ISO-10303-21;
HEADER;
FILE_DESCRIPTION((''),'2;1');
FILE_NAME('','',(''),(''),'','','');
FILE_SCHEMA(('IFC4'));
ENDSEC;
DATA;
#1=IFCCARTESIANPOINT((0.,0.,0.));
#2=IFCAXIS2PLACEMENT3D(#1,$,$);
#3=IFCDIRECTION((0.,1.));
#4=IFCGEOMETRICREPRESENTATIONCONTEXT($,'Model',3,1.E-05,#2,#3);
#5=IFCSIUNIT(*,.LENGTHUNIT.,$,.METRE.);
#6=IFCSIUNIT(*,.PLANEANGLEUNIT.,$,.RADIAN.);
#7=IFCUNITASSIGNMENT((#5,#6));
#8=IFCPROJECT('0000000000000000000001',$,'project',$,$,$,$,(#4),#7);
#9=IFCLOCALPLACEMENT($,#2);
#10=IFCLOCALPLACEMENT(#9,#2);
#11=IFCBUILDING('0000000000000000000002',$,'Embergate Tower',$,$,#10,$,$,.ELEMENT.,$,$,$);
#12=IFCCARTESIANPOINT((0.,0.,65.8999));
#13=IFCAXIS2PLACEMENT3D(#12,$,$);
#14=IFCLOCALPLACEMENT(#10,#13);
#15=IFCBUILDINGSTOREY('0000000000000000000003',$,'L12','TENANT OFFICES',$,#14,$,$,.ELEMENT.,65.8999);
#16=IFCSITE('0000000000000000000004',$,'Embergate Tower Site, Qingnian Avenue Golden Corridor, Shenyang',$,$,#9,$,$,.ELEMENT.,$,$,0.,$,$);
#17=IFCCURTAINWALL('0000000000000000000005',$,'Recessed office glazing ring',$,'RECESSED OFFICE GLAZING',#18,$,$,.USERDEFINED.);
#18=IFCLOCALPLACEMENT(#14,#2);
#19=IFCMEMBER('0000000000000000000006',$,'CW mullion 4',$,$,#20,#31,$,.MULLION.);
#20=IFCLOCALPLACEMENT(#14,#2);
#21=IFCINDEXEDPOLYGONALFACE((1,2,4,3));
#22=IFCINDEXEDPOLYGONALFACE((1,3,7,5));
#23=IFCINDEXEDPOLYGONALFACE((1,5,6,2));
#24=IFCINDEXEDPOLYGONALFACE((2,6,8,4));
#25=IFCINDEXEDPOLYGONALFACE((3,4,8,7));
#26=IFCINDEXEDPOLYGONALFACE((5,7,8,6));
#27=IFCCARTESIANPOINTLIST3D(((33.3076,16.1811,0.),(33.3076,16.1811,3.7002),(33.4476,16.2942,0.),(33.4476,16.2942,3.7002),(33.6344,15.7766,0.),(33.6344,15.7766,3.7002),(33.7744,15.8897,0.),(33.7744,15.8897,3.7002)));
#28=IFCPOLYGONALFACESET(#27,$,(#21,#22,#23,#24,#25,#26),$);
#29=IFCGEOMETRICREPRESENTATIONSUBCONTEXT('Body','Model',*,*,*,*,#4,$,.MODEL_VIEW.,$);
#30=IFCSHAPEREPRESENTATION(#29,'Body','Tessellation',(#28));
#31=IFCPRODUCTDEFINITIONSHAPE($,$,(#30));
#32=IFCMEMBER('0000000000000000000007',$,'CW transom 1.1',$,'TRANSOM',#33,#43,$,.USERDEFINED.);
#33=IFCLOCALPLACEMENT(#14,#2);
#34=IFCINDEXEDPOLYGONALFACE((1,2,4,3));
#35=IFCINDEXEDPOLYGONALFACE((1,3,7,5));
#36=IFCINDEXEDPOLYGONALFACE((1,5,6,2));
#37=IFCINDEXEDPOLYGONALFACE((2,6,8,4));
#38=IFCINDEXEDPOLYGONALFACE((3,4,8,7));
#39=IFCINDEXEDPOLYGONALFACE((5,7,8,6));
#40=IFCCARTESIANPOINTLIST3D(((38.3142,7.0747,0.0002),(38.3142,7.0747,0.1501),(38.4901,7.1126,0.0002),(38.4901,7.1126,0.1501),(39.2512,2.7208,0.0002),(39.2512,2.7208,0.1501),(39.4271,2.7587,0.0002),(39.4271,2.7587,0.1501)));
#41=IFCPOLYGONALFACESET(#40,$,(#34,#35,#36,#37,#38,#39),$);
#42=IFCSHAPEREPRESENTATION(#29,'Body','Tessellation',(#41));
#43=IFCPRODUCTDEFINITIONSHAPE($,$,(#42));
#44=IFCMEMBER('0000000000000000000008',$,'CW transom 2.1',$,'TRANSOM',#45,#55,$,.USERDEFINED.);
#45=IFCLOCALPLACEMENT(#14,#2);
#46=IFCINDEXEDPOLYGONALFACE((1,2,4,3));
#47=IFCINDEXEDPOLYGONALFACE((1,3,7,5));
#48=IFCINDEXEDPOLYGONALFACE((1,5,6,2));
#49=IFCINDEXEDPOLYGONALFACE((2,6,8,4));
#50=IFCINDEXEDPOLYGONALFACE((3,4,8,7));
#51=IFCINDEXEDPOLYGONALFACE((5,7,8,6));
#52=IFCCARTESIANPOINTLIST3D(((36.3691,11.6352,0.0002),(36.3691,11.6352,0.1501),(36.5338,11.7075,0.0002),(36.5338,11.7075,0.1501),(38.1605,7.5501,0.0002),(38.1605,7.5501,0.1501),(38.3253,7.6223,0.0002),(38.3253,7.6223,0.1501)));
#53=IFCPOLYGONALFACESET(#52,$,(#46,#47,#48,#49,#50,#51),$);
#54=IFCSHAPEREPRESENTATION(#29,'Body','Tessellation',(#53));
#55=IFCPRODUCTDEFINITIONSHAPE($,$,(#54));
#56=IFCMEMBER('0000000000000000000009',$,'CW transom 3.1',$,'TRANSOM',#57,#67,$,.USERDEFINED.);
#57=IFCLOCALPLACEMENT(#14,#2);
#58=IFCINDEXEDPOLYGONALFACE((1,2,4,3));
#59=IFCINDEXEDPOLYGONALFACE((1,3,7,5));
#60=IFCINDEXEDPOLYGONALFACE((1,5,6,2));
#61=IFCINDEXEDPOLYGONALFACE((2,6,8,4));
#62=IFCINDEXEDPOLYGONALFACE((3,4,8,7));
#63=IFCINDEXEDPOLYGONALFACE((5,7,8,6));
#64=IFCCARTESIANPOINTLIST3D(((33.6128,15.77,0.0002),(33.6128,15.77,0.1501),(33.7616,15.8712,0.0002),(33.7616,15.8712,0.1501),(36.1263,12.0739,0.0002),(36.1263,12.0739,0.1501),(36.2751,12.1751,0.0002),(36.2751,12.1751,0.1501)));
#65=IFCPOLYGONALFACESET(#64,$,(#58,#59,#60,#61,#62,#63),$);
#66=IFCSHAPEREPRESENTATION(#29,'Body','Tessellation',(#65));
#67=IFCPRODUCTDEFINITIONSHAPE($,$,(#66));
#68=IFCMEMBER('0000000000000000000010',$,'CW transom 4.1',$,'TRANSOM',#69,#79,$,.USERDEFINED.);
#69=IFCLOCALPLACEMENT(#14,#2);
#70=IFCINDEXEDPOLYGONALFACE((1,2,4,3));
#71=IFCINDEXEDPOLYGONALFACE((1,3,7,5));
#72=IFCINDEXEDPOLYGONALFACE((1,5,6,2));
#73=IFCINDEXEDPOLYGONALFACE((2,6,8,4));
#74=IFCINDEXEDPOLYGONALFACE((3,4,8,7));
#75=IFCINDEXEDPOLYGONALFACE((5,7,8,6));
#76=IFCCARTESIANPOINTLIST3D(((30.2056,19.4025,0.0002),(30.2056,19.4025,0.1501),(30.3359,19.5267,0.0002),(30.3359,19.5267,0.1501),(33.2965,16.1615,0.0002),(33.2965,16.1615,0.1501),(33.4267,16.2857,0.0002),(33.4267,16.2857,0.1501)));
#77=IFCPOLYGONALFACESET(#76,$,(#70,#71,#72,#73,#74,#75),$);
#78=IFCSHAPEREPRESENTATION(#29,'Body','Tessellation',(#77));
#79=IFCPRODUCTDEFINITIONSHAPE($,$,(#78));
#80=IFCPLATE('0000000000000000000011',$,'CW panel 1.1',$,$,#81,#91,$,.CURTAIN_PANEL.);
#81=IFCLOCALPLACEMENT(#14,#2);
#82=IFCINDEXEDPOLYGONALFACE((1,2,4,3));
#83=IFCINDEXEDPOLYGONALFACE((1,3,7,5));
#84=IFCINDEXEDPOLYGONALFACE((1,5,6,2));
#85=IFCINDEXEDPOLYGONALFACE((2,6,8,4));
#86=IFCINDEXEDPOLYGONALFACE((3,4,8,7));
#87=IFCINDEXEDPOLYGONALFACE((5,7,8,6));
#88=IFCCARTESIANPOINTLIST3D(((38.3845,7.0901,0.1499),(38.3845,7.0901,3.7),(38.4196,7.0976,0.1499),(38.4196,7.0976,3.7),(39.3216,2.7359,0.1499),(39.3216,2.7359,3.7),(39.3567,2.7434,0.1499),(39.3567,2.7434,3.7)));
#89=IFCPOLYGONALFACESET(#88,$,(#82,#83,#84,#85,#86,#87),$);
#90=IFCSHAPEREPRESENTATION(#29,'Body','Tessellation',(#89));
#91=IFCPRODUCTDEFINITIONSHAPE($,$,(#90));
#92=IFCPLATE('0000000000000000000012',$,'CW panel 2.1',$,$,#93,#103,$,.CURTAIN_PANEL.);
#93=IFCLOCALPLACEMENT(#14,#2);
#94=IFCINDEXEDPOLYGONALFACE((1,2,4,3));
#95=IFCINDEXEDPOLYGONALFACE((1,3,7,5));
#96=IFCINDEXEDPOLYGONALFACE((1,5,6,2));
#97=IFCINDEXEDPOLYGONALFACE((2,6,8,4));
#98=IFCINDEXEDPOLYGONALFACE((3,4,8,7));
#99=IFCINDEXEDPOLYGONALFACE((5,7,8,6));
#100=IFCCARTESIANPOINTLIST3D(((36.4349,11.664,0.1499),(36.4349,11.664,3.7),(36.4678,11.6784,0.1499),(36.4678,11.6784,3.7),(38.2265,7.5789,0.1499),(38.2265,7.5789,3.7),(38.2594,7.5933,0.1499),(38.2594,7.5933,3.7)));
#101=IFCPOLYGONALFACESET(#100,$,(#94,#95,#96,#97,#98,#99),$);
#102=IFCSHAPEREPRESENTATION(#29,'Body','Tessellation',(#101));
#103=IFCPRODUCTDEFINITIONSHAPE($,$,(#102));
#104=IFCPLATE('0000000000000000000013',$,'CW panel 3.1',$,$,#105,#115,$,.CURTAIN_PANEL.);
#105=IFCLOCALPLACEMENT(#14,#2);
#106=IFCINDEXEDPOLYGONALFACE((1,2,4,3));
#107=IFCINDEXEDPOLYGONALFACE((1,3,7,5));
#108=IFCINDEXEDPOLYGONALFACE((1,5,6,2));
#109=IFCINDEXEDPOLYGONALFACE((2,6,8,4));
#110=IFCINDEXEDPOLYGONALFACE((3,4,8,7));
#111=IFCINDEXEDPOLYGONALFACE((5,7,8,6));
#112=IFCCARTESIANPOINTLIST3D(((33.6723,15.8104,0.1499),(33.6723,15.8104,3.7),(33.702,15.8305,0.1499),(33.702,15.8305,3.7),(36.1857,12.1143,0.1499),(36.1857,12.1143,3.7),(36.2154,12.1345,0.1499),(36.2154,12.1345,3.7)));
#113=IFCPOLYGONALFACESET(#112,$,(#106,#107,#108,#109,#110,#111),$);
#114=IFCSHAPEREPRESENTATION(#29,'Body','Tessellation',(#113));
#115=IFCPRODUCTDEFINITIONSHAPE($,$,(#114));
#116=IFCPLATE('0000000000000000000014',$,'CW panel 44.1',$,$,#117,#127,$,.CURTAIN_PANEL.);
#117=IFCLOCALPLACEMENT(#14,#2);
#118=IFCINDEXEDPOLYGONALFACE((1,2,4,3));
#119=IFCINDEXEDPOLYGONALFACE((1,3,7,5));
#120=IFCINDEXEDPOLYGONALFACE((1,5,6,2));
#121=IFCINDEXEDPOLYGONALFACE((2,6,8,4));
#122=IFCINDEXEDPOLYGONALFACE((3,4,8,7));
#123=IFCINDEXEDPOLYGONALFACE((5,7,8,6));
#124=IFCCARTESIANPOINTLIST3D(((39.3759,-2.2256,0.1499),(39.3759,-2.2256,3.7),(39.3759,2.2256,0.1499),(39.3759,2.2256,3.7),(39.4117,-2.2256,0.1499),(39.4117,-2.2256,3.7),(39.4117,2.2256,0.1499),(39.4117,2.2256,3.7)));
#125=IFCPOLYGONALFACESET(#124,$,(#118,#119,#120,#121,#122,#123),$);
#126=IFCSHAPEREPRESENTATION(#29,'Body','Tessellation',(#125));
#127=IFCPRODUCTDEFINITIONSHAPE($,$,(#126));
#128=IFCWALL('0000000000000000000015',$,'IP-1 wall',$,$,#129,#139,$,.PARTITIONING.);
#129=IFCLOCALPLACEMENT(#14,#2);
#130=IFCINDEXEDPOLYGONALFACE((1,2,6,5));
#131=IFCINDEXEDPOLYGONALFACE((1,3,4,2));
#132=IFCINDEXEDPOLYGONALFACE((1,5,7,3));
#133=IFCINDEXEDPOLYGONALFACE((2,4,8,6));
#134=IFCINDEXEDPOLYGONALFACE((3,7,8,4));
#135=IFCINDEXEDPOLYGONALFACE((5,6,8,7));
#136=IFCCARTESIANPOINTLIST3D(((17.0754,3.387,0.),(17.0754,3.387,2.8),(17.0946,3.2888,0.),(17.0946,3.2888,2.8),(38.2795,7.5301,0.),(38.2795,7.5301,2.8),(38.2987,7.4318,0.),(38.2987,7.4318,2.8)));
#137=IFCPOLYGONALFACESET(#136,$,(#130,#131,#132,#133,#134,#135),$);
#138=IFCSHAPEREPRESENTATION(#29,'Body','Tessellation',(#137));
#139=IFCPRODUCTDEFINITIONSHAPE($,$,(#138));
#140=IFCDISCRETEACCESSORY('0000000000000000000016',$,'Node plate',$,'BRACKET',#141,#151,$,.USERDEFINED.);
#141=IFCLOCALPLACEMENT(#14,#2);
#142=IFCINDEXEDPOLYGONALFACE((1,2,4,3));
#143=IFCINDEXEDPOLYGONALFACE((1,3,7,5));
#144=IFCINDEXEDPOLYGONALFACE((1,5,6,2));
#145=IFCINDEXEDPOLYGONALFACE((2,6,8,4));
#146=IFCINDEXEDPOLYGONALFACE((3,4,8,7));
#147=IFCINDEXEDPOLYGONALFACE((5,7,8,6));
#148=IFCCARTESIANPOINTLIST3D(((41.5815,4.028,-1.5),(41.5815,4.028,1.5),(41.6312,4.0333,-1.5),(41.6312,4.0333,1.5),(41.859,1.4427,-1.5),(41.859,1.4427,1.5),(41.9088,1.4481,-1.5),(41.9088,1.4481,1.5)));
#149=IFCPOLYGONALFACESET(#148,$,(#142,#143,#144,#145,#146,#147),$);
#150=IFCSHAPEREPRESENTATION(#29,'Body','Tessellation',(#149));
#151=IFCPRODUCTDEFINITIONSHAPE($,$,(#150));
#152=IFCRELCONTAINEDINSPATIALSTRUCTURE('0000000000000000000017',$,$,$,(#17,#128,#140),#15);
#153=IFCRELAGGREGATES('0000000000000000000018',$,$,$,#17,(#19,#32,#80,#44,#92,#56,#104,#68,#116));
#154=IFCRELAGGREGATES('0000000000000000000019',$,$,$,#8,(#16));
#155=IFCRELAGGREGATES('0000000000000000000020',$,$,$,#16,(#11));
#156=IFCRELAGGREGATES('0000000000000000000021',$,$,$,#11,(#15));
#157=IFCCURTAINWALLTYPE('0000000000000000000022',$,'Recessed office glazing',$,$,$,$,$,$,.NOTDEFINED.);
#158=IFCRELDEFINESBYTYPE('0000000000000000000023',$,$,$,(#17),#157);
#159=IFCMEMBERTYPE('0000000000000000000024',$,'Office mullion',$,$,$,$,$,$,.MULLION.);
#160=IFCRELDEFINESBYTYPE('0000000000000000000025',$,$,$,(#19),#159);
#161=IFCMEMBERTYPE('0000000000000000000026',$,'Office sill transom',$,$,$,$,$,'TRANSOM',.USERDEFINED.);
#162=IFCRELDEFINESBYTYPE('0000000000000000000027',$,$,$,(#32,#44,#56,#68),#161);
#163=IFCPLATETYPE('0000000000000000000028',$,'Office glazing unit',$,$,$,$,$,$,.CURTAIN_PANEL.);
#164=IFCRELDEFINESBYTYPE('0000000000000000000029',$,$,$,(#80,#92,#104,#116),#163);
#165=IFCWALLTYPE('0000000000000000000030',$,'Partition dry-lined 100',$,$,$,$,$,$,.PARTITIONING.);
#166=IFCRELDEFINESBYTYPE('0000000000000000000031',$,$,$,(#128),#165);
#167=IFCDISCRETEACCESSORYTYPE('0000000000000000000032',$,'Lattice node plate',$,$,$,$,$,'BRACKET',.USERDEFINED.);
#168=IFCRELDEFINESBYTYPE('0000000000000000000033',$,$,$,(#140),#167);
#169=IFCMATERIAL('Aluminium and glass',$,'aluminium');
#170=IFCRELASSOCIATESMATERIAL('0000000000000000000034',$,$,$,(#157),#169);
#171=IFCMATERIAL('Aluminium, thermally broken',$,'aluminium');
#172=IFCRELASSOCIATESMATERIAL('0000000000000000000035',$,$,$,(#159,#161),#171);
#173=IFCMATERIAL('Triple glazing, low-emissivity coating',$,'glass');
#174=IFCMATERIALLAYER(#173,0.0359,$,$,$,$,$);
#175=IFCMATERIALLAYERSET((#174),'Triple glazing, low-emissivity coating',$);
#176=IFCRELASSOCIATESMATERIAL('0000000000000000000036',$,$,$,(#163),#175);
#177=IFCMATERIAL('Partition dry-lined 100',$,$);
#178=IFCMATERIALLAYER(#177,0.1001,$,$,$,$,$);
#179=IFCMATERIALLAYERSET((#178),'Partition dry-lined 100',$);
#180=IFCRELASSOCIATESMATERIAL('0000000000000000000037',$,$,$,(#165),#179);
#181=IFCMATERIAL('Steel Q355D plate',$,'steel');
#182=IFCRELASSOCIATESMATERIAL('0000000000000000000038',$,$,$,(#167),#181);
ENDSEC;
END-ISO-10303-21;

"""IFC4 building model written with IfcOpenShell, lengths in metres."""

from ifc_helpers import new_model, si_unit, direction, frame, frame_2d, origin, origin_2d, place, context, subcontext, project, spatial, rectangle, extrude, source, transform, mapped, material, layer, layer_set, material_profile, profile_set, type_object, element, aggregate, save


model = new_model("IFC4")

# Units and contexts
model_context = context("Model", 3, precision=1e-05, world=origin(), true_north=direction((0.0, 1.0)))
body_context = subcontext(model_context, "Body", "Model", "MODEL_VIEW")
ifc_project = project(units=[si_unit("LENGTHUNIT", "METRE"), si_unit("PLANEANGLEUNIT", "RADIAN")], contexts=[model_context])

# Site, building, storey
site_placement = place(None, origin())
site = spatial("IfcSite", under=ifc_project, at=site_placement, Name="Embergate Tower Site, Qingnian Avenue Golden Corridor, Shenyang", CompositionType="ELEMENT", RefElevation=0.0)
building_placement = place(site_placement, origin())
building = spatial("IfcBuilding", under=site, at=building_placement, Name="Embergate Tower", CompositionType="ELEMENT")
storey_placement = place(building_placement, frame((0.0, 0.0, 65.8999)))
storey = spatial("IfcBuildingStorey", under=building, at=storey_placement, Name="L12", Description="TENANT OFFICES", CompositionType="ELEMENT", Elevation=65.8999)

# Curtain wall, members, plates
ifc_material_1 = material(Name="Aluminium and glass", Category="aluminium")
curtain_wall_type = type_object("IfcCurtainWallType", Name="Recessed office glazing", PredefinedType="NOTDEFINED", material=ifc_material_1)
curtain_wall_placement = place(storey_placement, origin())
curtain_wall = element("IfcCurtainWall", 1, at=curtain_wall_placement, inside=storey, type_object=curtain_wall_type, Name="Recessed office glazing ring", ObjectType="RECESSED OFFICE GLAZING", PredefinedType="USERDEFINED")
ifc_material_2 = material(Name="Aluminium, thermally broken", Category="aluminium")
ifc_material_profile_1 = material_profile(ifc_material_2, rectangle(XDim=0.1799, YDim=0.52, at=origin_2d()), Name="AL 520x180")
ifc_profile_set_1 = profile_set([ifc_material_profile_1], Name="Aluminium, thermally broken")
member_type_1 = type_object("IfcMemberType", Name="Office mullion", PredefinedType="MULLION", material=ifc_profile_set_1)
shared_shape_1 = source(origin(), body_context, "Body", "SweptSolid", [
    extrude(rectangle(XDim=0.1799, YDim=0.52, at=origin_2d()), origin(), (0.0, 0.0, 1.0), 3.7002),
])
member_1_placement = place(storey_placement, frame((33.541, 16.0354, 0.0), z_axis=(0.0, 0.0, 1.0), x_axis=(-0.777884, -0.628408, 0.0)))
member_1 = element("IfcMember", 2, at=member_1_placement, type_object=member_type_1, Name="CW mullion 4", PredefinedType="MULLION", context=body_context, shape_type="MappedRepresentation", body=[
    mapped(shared_shape_1, transform((0.0, 0.0, 0.0))),
])
ifc_material_profile_2 = material_profile(ifc_material_2, rectangle(XDim=0.1799, YDim=0.1499, at=origin_2d()), Name="AL 150x180")
ifc_profile_set_2 = profile_set([ifc_material_profile_2], Name="Aluminium, thermally broken")
member_type_2 = type_object("IfcMemberType", Name="Office sill transom", ElementType="TRANSOM", PredefinedType="USERDEFINED", material=ifc_profile_set_2)
shared_shape_2 = source(origin(), body_context, "Body", "SweptSolid", [
    extrude(rectangle(XDim=0.1799, YDim=0.1499, at=origin_2d()), origin(), (0.0, 0.0, 1.0), 4.4536),
])
member_2_placement = place(storey_placement, frame((39.3391, 2.7397, 0.0752), z_axis=(-0.21039, 0.977618, 0.0), x_axis=(-0.977618, -0.21039, 0.0)))
member_2 = element("IfcMember", 3, at=member_2_placement, type_object=member_type_2, Name="CW transom 1.1", ObjectType="TRANSOM", PredefinedType="USERDEFINED", context=body_context, shape_type="MappedRepresentation", body=[
    mapped(shared_shape_2, transform((0.0, 0.0, 0.0))),
])
shared_shape_3 = source(origin(), body_context, "Body", "SweptSolid", [
    extrude(rectangle(XDim=0.1799, YDim=0.1499, at=origin_2d()), origin(), (0.0, 0.0, 1.0), 4.4607),
])
member_3_placement = place(storey_placement, frame((38.2429, 7.5862, 0.0752), z_axis=(-0.401614, 0.915809, 0.0), x_axis=(-0.915809, -0.401614, 0.0)))
member_3 = element("IfcMember", 4, at=member_3_placement, type_object=member_type_2, Name="CW transom 2.1", ObjectType="TRANSOM", PredefinedType="USERDEFINED", context=body_context, shape_type="MappedRepresentation", body=[
    mapped(shared_shape_3, transform((0.0, 0.0, 0.0))),
])
shared_shape_4 = source(origin(), body_context, "Body", "SweptSolid", [
    extrude(rectangle(XDim=0.1799, YDim=0.1499, at=origin_2d()), origin(), (0.0, 0.0, 1.0), 4.4697),
])
member_4_placement = place(storey_placement, frame((36.2007, 12.1245, 0.0752), z_axis=(-0.562328, 0.826914, 0.0), x_axis=(-0.826914, -0.562328, 0.0)))
member_4 = element("IfcMember", 5, at=member_4_placement, type_object=member_type_2, Name="CW transom 3.1", ObjectType="TRANSOM", PredefinedType="USERDEFINED", context=body_context, shape_type="MappedRepresentation", body=[
    mapped(shared_shape_4, transform((0.0, 0.0, 0.0))),
])
shared_shape_5 = source(origin(), body_context, "Body", "SweptSolid", [
    extrude(rectangle(XDim=0.1799, YDim=0.1499, at=origin_2d()), origin(), (0.0, 0.0, 1.0), 4.4785),
])
member_5_placement = place(storey_placement, frame((33.3616, 16.2236, 0.0752), z_axis=(-0.690145, 0.723671, 0.0), x_axis=(-0.723671, -0.690145, 0.0)))
member_5 = element("IfcMember", 6, at=member_5_placement, type_object=member_type_2, Name="CW transom 4.1", ObjectType="TRANSOM", PredefinedType="USERDEFINED", context=body_context, shape_type="MappedRepresentation", body=[
    mapped(shared_shape_5, transform((0.0, 0.0, 0.0))),
])
ifc_material_3 = material(Name="Triple glazing, low-emissivity coating", Category="glass")
ifc_layer_1 = layer(ifc_material_3, 0.0359)
ifc_layer_set_1 = layer_set([ifc_layer_1], Name="Triple glazing, low-emissivity coating")
plate_type = type_object("IfcPlateType", Name="Office glazing unit", PredefinedType="CURTAIN_PANEL", material=ifc_layer_set_1)
shared_shape_6 = source(origin(), body_context, "Body", "SweptSolid", [
    extrude(rectangle(XDim=4.4539, YDim=0.0359, at=origin_2d()), origin(), (0.0, 0.0, 1.0), 3.55),
])
plate_1_placement = place(storey_placement, frame((38.8706, 4.9167, 0.1499), z_axis=(0.0, 0.0, 1.0), x_axis=(-0.210392, 0.977617, 0.0)))
plate_1 = element("IfcPlate", 7, at=plate_1_placement, type_object=plate_type, Name="CW panel 1.1", PredefinedType="CURTAIN_PANEL", context=body_context, shape_type="MappedRepresentation", body=[
    mapped(shared_shape_6, transform((0.0, 0.0, 0.0))),
])
shared_shape_7 = source(origin(), body_context, "Body", "SweptSolid", [
    extrude(rectangle(XDim=4.4607, YDim=0.0359, at=origin_2d()), origin(), (0.0, 0.0, 1.0), 3.55),
])
plate_2_placement = place(storey_placement, frame((37.3472, 9.6287, 0.1499), z_axis=(0.0, 0.0, 1.0), x_axis=(-0.401644, 0.915796, 0.0)))
plate_2 = element("IfcPlate", 8, at=plate_2_placement, type_object=plate_type, Name="CW panel 2.1", PredefinedType="CURTAIN_PANEL", context=body_context, shape_type="MappedRepresentation", body=[
    mapped(shared_shape_7, transform((0.0, 0.0, 0.0))),
])
shared_shape_8 = source(origin(), body_context, "Body", "SweptSolid", [
    extrude(rectangle(XDim=4.4697, YDim=0.0359, at=origin_2d()), origin(), (0.0, 0.0, 1.0), 3.55),
])
plate_3_placement = place(storey_placement, frame((34.9438, 13.9724, 0.1499), z_axis=(0.0, 0.0, 1.0), x_axis=(-0.562332, 0.826912, 0.0)))
plate_3 = element("IfcPlate", 9, at=plate_3_placement, type_object=plate_type, Name="CW panel 3.1", PredefinedType="CURTAIN_PANEL", context=body_context, shape_type="MappedRepresentation", body=[
    mapped(shared_shape_8, transform((0.0, 0.0, 0.0))),
])
shared_shape_9 = source(origin(), body_context, "Body", "SweptSolid", [
    extrude(rectangle(XDim=4.4512, YDim=0.0359, at=origin_2d()), origin(), (0.0, 0.0, 1.0), 3.55),
])
plate_4_placement = place(storey_placement, frame((39.3938, 0.0, 0.1499), z_axis=(0.0, 0.0, 1.0), x_axis=(0.0, 1.0, 0.0)))
plate_4 = element("IfcPlate", 10, at=plate_4_placement, type_object=plate_type, Name="CW panel 44.1", PredefinedType="CURTAIN_PANEL", context=body_context, shape_type="MappedRepresentation", body=[
    mapped(shared_shape_9, transform((0.0, 0.0, 0.0))),
])
aggregate(curtain_wall, [member_1, member_2, plate_1, member_3, plate_2, member_4, plate_3, member_5, plate_4])

# Wall
ifc_material_4 = material(Name="Partition dry-lined 100")
ifc_layer_2 = layer(ifc_material_4, 0.1001)
ifc_layer_set_2 = layer_set([ifc_layer_2], Name="Partition dry-lined 100")
wall_type = type_object("IfcWallType", Name="Partition dry-lined 100", PredefinedType="PARTITIONING", material=ifc_layer_set_2)
shared_shape_10 = source(origin(), body_context, "Body", "SweptSolid", [
    extrude(rectangle(XDim=21.605, YDim=0.1001, at=frame_2d((10.8025, 0.0))), origin(), (0.0, 0.0, 1.0), 2.8),
])
wall_placement = place(storey_placement, frame((38.2891, 7.481, 0.0), z_axis=(0.0, 0.0, 1.0), x_axis=(-0.981441, -0.191764, 0.0)))
element("IfcWall", 11, at=wall_placement, inside=storey, type_object=wall_type, Name="IP-1 wall", PredefinedType="PARTITIONING", context=body_context, shape_type="MappedRepresentation", body=[
    mapped(shared_shape_10, transform((0.0, 0.0, 0.0))),
])

# Discrete accessory
ifc_material_5 = material(Name="Steel Q355D plate", Category="steel")
discrete_accessory_type = type_object("IfcDiscreteAccessoryType", Name="Lattice node plate", ElementType="BRACKET", PredefinedType="USERDEFINED", material=ifc_material_5)
shared_shape_11 = source(origin(), body_context, "Body", "SweptSolid", [
    extrude(rectangle(XDim=2.6001, YDim=0.05, at=origin_2d()), origin(), (0.0, 0.0, 1.0), 3.0),
])
discrete_accessory_placement = place(storey_placement, frame((41.7451, 2.738, -1.5), z_axis=(0.0, 0.0, 1.0), x_axis=(-0.10675, 0.994286, 0.0)))
element("IfcDiscreteAccessory", 12, at=discrete_accessory_placement, inside=storey, type_object=discrete_accessory_type, Name="Node plate", ObjectType="BRACKET", PredefinedType="USERDEFINED", context=body_context, shape_type="MappedRepresentation", body=[
    mapped(shared_shape_11, transform((0.0, 0.0, 0.0))),
])

save(model, "model.ifc")
